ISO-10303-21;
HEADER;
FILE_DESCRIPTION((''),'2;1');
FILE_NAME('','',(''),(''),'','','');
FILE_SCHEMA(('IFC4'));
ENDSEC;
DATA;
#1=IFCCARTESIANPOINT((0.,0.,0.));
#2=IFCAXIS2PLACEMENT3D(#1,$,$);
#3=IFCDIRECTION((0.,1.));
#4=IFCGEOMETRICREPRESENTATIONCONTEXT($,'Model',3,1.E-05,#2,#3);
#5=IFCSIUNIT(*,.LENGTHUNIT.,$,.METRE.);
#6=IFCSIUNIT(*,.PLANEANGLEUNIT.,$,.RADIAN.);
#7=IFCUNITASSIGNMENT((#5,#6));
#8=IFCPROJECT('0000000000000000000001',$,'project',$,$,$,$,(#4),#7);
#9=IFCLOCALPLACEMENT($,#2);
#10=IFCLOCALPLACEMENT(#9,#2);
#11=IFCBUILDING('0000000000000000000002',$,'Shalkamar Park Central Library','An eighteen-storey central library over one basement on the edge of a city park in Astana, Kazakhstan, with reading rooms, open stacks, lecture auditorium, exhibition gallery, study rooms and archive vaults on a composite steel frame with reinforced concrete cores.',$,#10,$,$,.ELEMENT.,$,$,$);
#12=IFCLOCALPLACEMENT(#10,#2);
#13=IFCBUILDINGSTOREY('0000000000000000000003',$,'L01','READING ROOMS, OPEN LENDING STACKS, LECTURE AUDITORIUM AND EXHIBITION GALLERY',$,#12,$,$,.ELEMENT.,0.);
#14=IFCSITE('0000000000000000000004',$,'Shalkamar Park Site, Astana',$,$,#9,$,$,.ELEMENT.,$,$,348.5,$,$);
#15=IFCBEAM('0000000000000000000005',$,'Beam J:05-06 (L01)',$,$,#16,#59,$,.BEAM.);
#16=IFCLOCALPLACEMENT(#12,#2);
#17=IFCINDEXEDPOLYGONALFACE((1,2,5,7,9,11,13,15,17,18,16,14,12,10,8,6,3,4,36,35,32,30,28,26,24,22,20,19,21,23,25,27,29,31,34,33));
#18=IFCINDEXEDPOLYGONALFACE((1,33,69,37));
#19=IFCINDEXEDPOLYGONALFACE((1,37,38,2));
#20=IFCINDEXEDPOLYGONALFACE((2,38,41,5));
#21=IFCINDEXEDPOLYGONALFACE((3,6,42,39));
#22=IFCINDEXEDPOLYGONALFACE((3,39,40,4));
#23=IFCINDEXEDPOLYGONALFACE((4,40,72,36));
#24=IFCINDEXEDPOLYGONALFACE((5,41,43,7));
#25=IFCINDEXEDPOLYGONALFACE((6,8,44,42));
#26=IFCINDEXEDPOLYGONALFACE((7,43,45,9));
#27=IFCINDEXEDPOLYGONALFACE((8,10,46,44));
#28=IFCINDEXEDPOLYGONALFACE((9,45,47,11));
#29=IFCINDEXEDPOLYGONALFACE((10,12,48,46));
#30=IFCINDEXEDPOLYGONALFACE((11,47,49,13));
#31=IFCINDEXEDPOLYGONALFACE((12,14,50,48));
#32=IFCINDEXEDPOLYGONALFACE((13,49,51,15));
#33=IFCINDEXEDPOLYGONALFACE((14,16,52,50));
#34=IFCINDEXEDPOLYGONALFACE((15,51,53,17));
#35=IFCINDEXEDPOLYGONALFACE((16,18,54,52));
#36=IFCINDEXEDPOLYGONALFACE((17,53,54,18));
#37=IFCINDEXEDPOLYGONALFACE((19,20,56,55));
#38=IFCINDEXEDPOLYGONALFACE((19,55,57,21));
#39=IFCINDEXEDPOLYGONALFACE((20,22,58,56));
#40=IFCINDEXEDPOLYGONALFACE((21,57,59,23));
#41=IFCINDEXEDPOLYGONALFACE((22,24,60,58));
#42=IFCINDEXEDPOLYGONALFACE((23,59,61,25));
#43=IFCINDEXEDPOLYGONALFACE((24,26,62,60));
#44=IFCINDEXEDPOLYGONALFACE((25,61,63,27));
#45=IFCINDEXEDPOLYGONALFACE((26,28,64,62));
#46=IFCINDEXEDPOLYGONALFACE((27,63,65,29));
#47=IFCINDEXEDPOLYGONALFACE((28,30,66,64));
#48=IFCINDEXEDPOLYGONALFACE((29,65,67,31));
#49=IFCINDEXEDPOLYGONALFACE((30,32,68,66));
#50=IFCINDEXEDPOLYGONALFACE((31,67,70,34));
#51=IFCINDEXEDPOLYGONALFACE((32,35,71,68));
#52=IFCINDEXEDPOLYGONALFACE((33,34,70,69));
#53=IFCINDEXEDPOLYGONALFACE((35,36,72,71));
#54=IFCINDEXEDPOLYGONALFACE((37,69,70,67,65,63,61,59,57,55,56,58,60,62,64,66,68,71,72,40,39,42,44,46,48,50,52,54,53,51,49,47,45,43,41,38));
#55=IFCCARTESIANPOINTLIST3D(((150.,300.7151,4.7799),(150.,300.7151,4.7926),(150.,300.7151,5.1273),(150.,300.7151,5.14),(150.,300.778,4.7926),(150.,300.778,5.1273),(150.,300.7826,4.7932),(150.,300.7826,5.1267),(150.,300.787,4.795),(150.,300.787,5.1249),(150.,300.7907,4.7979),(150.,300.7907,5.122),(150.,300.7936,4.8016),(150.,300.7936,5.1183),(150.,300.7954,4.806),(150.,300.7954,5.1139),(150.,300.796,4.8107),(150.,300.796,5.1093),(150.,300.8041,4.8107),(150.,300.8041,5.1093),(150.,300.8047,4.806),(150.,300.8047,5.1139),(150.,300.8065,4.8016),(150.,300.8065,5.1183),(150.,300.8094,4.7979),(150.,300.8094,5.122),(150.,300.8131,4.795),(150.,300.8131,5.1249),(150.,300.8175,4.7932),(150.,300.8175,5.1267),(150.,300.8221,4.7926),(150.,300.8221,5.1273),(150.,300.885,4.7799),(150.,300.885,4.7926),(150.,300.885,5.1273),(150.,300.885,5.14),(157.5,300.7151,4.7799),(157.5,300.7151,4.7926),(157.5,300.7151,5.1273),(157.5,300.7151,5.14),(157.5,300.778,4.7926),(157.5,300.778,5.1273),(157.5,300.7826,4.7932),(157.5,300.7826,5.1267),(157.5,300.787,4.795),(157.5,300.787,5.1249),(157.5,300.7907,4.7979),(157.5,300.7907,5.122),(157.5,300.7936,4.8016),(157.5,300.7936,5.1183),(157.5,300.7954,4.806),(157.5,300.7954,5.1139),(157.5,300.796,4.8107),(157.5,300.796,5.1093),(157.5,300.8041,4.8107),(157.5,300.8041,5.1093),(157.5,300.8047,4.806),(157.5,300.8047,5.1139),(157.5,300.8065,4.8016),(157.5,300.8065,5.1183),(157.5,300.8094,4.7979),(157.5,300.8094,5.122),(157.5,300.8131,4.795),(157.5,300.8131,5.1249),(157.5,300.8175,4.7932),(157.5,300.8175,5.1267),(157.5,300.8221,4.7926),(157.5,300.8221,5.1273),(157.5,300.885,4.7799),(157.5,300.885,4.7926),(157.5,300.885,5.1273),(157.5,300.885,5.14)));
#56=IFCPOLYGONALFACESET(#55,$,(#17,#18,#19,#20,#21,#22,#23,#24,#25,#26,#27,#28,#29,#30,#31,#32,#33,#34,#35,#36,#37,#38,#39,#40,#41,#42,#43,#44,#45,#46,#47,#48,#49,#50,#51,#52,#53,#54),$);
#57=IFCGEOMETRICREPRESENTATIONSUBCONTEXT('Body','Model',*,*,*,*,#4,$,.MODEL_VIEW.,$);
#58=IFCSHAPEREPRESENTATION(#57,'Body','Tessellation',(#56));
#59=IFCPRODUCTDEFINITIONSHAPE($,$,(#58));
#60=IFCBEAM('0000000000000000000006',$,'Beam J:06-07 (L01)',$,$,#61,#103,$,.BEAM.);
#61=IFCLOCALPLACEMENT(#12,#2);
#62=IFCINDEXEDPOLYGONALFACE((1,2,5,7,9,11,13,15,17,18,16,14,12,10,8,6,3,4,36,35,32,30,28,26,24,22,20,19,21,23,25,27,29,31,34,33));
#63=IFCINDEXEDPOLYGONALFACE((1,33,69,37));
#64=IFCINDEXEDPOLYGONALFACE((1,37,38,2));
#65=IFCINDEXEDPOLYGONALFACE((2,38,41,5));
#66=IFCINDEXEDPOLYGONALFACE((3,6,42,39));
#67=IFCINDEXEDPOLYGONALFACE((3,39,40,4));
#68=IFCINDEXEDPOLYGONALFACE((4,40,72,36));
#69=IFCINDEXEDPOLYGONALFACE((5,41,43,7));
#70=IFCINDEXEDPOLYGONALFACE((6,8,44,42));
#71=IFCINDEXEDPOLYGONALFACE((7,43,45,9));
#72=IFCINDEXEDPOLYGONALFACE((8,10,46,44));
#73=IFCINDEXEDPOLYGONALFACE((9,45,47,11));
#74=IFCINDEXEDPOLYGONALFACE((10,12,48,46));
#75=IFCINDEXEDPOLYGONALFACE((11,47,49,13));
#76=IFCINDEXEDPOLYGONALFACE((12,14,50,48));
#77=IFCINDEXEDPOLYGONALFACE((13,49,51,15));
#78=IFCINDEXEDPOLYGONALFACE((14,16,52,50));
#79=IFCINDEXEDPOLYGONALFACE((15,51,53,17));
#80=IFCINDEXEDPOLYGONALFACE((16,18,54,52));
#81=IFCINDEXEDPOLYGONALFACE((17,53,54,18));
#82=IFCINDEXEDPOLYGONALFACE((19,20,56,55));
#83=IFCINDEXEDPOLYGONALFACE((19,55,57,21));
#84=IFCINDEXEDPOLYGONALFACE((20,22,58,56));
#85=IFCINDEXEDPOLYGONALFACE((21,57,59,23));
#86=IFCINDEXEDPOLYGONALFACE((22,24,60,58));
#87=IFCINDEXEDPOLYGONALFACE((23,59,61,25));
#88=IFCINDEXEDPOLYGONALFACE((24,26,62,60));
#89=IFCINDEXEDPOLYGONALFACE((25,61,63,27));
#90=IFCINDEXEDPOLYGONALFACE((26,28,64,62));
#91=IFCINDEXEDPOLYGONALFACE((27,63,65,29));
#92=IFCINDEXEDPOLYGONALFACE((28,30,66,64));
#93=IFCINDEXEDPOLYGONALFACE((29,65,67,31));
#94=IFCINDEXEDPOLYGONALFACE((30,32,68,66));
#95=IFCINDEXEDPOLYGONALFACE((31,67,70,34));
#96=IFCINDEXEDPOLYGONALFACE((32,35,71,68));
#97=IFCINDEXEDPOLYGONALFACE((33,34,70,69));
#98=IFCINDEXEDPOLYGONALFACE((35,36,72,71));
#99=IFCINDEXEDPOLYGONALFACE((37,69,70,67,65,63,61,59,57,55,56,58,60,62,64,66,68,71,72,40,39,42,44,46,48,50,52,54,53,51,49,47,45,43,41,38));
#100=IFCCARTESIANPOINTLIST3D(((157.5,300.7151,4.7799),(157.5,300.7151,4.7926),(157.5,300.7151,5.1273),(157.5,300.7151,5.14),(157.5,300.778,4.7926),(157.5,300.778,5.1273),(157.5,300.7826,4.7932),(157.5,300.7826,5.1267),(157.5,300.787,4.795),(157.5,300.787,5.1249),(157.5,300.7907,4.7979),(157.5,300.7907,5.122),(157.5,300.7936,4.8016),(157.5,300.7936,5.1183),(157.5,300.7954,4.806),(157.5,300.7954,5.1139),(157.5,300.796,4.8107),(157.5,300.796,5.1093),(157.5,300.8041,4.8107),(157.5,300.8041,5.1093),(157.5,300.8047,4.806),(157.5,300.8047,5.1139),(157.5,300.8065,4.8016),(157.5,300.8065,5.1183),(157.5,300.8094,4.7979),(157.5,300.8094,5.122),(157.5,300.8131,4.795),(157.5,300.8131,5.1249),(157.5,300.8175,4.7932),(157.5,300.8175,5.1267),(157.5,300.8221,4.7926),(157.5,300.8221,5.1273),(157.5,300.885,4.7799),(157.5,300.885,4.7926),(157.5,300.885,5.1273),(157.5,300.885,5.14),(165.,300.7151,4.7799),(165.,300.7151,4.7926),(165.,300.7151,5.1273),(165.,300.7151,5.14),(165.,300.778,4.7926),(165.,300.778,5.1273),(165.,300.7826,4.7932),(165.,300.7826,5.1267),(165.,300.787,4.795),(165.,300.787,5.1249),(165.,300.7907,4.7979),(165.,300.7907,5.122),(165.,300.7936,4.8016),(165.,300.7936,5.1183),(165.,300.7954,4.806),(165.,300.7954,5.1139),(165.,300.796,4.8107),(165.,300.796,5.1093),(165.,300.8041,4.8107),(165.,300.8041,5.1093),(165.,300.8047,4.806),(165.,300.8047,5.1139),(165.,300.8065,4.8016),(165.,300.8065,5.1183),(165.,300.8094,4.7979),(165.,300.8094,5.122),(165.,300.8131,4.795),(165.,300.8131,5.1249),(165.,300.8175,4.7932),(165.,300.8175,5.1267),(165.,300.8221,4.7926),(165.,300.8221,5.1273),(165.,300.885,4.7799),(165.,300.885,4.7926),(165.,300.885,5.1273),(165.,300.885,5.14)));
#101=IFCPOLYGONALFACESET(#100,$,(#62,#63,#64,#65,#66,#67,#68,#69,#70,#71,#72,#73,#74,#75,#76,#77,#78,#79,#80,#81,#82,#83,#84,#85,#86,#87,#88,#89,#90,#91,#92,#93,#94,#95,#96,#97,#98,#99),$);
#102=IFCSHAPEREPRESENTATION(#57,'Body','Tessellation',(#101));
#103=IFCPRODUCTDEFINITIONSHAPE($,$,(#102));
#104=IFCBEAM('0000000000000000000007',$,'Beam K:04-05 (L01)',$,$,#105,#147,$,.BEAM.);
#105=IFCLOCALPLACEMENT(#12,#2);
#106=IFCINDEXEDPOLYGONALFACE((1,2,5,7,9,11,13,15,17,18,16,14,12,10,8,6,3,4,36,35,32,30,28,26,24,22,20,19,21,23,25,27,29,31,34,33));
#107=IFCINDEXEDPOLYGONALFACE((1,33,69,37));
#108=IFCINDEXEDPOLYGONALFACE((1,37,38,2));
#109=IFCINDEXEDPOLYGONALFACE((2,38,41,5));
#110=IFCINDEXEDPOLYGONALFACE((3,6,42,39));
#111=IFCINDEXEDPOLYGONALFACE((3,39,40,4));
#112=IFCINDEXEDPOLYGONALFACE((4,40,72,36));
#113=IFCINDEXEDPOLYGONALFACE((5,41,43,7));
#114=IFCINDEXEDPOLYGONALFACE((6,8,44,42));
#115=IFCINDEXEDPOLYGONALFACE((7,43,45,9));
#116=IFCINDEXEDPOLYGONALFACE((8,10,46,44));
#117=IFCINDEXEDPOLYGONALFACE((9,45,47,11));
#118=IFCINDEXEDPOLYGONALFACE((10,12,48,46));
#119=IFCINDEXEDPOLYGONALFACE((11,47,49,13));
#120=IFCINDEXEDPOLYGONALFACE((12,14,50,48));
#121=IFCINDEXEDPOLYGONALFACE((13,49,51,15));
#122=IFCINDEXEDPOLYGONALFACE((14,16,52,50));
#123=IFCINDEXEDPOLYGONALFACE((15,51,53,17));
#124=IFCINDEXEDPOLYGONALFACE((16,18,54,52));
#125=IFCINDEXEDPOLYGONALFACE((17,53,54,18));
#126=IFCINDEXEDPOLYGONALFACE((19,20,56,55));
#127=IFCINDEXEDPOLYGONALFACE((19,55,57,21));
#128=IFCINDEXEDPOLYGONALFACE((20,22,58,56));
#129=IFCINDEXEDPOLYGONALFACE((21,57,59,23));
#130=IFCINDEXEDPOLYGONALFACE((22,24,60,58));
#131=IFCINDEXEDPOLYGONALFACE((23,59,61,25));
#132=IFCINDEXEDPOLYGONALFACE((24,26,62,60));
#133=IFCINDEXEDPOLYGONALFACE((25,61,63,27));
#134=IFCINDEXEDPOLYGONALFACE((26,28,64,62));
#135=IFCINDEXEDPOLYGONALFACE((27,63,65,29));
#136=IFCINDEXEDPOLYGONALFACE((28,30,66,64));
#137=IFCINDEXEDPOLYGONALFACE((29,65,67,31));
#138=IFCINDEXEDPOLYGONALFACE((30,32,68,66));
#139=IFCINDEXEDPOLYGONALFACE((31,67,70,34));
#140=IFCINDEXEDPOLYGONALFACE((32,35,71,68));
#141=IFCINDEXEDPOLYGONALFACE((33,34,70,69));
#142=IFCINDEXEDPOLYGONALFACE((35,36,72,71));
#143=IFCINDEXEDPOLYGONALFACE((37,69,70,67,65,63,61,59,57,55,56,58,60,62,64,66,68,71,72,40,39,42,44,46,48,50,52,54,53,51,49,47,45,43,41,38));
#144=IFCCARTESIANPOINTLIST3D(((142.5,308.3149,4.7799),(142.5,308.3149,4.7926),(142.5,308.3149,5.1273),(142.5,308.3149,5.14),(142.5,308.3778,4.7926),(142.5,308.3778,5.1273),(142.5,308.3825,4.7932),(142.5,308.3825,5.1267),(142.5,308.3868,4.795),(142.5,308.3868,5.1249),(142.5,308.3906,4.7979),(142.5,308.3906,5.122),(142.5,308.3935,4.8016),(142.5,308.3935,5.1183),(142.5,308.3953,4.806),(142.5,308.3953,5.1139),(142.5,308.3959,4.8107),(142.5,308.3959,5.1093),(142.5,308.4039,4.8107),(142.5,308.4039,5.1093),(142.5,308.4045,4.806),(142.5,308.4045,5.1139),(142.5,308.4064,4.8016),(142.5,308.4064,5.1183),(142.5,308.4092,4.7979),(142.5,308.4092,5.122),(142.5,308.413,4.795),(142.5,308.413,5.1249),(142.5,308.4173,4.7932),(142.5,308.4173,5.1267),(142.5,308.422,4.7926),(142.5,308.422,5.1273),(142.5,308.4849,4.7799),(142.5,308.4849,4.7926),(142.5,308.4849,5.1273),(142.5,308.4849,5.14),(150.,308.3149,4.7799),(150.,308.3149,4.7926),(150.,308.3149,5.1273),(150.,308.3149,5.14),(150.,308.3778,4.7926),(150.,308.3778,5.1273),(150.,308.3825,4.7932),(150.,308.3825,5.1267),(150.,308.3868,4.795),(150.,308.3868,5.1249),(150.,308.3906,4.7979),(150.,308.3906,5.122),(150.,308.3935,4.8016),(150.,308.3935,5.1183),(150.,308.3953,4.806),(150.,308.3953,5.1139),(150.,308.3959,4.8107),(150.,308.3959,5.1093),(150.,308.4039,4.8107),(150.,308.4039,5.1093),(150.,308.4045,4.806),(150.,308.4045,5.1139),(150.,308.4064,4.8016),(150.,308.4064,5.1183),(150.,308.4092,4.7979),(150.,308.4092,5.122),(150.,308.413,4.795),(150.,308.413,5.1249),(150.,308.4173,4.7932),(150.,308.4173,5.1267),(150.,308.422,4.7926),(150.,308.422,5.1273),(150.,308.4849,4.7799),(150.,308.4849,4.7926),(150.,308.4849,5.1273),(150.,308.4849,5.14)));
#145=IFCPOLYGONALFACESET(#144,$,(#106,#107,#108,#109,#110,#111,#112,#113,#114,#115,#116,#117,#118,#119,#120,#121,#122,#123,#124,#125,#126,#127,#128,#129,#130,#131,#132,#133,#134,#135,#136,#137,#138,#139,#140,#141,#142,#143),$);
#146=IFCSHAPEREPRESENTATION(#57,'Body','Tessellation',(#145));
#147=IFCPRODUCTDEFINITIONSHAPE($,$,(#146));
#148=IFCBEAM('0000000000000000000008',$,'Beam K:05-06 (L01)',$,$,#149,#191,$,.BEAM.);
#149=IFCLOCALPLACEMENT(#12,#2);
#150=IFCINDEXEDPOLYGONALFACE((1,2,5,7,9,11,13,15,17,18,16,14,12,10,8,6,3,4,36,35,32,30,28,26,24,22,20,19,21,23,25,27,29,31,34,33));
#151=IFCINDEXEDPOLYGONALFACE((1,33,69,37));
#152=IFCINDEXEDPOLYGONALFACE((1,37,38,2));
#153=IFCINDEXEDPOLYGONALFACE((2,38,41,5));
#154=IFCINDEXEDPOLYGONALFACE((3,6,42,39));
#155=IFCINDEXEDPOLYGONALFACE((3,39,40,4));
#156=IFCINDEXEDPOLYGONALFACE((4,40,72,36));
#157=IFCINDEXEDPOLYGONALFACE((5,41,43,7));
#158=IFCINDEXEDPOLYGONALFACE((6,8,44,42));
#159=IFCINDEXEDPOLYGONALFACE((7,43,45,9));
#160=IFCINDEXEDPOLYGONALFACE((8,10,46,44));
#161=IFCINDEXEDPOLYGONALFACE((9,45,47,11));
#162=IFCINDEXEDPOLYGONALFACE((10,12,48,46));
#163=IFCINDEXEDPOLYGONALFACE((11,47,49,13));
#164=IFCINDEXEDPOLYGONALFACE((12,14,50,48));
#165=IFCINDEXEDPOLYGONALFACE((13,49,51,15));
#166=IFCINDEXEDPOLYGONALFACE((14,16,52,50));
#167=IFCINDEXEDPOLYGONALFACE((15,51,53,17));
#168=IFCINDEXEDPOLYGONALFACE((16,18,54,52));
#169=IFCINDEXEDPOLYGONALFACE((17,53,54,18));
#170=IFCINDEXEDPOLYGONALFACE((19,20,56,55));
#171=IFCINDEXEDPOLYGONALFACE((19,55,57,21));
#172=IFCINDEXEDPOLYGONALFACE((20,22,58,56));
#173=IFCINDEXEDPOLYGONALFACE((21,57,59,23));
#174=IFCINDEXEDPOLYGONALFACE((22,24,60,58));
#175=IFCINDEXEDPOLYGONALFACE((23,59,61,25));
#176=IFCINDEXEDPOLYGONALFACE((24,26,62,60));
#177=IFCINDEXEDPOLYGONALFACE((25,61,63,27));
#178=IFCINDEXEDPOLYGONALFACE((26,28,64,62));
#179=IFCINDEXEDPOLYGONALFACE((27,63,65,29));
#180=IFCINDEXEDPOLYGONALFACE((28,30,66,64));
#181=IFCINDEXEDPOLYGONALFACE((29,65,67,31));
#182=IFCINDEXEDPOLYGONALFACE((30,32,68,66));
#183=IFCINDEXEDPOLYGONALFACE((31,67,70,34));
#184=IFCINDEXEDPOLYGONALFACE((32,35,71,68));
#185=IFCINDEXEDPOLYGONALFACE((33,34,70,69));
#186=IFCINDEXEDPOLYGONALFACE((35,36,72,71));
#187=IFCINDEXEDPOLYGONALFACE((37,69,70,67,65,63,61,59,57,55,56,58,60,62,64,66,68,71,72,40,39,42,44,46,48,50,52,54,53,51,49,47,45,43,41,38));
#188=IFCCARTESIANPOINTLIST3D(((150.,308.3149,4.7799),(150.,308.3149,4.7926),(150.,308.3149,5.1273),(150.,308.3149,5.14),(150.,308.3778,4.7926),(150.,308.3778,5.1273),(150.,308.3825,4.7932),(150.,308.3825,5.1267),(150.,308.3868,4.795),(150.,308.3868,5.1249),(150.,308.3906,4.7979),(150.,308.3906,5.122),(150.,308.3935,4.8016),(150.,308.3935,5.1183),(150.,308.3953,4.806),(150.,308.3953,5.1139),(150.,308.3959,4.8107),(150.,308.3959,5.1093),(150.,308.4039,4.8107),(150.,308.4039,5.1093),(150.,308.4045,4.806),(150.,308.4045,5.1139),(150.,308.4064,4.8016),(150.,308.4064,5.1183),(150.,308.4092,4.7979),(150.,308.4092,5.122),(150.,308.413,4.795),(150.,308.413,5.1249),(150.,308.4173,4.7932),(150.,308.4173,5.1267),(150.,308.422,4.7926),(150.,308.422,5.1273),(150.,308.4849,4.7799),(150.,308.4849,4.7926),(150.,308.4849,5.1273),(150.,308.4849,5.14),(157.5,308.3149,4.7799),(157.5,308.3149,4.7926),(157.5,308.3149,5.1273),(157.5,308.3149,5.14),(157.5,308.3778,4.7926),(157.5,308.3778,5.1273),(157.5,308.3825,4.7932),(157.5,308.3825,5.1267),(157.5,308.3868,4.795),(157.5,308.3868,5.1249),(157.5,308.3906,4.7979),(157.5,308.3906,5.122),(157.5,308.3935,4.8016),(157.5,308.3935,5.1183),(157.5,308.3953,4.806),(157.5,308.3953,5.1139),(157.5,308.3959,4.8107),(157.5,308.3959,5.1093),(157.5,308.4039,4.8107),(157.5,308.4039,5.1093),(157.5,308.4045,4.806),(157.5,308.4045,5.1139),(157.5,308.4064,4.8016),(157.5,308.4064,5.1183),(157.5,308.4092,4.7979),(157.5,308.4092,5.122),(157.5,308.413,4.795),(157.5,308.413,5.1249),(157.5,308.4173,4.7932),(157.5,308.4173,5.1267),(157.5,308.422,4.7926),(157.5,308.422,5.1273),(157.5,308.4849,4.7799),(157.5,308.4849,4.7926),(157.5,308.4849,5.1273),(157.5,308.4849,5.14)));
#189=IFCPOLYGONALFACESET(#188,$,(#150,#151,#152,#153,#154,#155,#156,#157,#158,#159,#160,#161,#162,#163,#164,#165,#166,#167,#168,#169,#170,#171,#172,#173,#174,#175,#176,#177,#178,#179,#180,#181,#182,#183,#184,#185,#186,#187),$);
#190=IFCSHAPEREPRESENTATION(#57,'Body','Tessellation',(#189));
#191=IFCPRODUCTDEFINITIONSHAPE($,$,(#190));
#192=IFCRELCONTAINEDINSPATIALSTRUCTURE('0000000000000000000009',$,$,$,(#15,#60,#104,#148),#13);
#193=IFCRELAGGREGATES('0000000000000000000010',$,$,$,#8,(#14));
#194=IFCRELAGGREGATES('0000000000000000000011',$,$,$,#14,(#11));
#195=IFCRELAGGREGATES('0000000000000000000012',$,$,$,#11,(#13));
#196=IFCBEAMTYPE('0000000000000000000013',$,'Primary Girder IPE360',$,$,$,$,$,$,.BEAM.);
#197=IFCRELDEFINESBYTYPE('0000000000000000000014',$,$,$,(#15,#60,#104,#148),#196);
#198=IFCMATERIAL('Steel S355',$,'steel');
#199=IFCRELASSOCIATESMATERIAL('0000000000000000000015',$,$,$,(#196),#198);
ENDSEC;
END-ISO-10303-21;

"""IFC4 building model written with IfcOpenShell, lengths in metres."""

from ifc_helpers import new_model, si_unit, direction, frame, origin, origin_2d, place, context, subcontext, project, spatial, i_section, extrude, material, material_profile, profile_set, type_object, element, save


model = new_model("IFC4")

# Units and contexts
model_context = context("Model", 3, precision=1e-05, world=origin(), true_north=direction((0.0, 1.0)))
body_context = subcontext(model_context, "Body", "Model", "MODEL_VIEW")
ifc_project = project(units=[si_unit("LENGTHUNIT", "METRE"), si_unit("PLANEANGLEUNIT", "RADIAN")], contexts=[model_context])

# Site, building, storey
site_placement = place(None, origin())
site = spatial("IfcSite", under=ifc_project, at=site_placement, Name="Shalkamar Park Site, Astana", CompositionType="ELEMENT", RefElevation=348.5)
building_placement = place(site_placement, origin())
building = spatial("IfcBuilding", under=site, at=building_placement, Name="Shalkamar Park Central Library", Description="An eighteen-storey central library over one basement on the edge of a city park in Astana, Kazakhstan, with reading rooms, open stacks, lecture auditorium, exhibition gallery, study rooms and archive vaults on a composite steel frame with reinforced concrete cores.", CompositionType="ELEMENT")
storey_placement = place(building_placement, origin())
storey = spatial("IfcBuildingStorey", under=building, at=storey_placement, Name="L01", Description="READING ROOMS, OPEN LENDING STACKS, LECTURE AUDITORIUM AND EXHIBITION GALLERY", CompositionType="ELEMENT", Elevation=0.0)

# Shared definitions
ifc_material_1 = material(Name="Steel S355", Category="steel")

# Beams
ifc_material_profile_1 = material_profile(ifc_material_1, i_section(OverallWidth=0.1699, OverallDepth=0.3601, WebThickness=0.0081, FlangeThickness=0.0127, FilletRadius=0.0181, at=origin_2d()), Name="IPE 360")
ifc_profile_set_1 = profile_set([ifc_material_profile_1], Name="Steel S355")
beam_type = type_object("IfcBeamType", Name="Primary Girder IPE360", PredefinedType="BEAM", material=ifc_profile_set_1)
for number, where, z_axis, x_axis, name in (
    (1, (150.0, 300.8, 4.96), (1.0, 0.0, 0.0), (0.0, 1.0, 0.0), "Beam J:05-06 (L01)"),
    (2, (157.5, 300.8, 4.96), (1.0, 0.0, 0.0), (0.0, 1.0, 0.0), "Beam J:06-07 (L01)"),
    (3, (142.5, 308.3999, 4.96), (1.0, 0.0, 0.0), (0.0, 1.0, 0.0), "Beam K:04-05 (L01)"),
    (4, (150.0, 308.3999, 4.96), (1.0, 0.0, 0.0), (0.0, 1.0, 0.0), "Beam K:05-06 (L01)"),
):
    element("IfcBeam", number, at=place(storey_placement, frame(where, z_axis=z_axis, x_axis=x_axis)), inside=storey, type_object=beam_type, Name=name, PredefinedType="BEAM", context=body_context, shape_type="SweptSolid", body=[
        extrude(i_section(OverallWidth=0.1699, OverallDepth=0.3601, WebThickness=0.0081, FlangeThickness=0.0127, FilletRadius=0.0181, at=origin_2d()), origin(), (0.0, 0.0, 1.0), 7.5),
    ])

save(model, "model.ifc")
